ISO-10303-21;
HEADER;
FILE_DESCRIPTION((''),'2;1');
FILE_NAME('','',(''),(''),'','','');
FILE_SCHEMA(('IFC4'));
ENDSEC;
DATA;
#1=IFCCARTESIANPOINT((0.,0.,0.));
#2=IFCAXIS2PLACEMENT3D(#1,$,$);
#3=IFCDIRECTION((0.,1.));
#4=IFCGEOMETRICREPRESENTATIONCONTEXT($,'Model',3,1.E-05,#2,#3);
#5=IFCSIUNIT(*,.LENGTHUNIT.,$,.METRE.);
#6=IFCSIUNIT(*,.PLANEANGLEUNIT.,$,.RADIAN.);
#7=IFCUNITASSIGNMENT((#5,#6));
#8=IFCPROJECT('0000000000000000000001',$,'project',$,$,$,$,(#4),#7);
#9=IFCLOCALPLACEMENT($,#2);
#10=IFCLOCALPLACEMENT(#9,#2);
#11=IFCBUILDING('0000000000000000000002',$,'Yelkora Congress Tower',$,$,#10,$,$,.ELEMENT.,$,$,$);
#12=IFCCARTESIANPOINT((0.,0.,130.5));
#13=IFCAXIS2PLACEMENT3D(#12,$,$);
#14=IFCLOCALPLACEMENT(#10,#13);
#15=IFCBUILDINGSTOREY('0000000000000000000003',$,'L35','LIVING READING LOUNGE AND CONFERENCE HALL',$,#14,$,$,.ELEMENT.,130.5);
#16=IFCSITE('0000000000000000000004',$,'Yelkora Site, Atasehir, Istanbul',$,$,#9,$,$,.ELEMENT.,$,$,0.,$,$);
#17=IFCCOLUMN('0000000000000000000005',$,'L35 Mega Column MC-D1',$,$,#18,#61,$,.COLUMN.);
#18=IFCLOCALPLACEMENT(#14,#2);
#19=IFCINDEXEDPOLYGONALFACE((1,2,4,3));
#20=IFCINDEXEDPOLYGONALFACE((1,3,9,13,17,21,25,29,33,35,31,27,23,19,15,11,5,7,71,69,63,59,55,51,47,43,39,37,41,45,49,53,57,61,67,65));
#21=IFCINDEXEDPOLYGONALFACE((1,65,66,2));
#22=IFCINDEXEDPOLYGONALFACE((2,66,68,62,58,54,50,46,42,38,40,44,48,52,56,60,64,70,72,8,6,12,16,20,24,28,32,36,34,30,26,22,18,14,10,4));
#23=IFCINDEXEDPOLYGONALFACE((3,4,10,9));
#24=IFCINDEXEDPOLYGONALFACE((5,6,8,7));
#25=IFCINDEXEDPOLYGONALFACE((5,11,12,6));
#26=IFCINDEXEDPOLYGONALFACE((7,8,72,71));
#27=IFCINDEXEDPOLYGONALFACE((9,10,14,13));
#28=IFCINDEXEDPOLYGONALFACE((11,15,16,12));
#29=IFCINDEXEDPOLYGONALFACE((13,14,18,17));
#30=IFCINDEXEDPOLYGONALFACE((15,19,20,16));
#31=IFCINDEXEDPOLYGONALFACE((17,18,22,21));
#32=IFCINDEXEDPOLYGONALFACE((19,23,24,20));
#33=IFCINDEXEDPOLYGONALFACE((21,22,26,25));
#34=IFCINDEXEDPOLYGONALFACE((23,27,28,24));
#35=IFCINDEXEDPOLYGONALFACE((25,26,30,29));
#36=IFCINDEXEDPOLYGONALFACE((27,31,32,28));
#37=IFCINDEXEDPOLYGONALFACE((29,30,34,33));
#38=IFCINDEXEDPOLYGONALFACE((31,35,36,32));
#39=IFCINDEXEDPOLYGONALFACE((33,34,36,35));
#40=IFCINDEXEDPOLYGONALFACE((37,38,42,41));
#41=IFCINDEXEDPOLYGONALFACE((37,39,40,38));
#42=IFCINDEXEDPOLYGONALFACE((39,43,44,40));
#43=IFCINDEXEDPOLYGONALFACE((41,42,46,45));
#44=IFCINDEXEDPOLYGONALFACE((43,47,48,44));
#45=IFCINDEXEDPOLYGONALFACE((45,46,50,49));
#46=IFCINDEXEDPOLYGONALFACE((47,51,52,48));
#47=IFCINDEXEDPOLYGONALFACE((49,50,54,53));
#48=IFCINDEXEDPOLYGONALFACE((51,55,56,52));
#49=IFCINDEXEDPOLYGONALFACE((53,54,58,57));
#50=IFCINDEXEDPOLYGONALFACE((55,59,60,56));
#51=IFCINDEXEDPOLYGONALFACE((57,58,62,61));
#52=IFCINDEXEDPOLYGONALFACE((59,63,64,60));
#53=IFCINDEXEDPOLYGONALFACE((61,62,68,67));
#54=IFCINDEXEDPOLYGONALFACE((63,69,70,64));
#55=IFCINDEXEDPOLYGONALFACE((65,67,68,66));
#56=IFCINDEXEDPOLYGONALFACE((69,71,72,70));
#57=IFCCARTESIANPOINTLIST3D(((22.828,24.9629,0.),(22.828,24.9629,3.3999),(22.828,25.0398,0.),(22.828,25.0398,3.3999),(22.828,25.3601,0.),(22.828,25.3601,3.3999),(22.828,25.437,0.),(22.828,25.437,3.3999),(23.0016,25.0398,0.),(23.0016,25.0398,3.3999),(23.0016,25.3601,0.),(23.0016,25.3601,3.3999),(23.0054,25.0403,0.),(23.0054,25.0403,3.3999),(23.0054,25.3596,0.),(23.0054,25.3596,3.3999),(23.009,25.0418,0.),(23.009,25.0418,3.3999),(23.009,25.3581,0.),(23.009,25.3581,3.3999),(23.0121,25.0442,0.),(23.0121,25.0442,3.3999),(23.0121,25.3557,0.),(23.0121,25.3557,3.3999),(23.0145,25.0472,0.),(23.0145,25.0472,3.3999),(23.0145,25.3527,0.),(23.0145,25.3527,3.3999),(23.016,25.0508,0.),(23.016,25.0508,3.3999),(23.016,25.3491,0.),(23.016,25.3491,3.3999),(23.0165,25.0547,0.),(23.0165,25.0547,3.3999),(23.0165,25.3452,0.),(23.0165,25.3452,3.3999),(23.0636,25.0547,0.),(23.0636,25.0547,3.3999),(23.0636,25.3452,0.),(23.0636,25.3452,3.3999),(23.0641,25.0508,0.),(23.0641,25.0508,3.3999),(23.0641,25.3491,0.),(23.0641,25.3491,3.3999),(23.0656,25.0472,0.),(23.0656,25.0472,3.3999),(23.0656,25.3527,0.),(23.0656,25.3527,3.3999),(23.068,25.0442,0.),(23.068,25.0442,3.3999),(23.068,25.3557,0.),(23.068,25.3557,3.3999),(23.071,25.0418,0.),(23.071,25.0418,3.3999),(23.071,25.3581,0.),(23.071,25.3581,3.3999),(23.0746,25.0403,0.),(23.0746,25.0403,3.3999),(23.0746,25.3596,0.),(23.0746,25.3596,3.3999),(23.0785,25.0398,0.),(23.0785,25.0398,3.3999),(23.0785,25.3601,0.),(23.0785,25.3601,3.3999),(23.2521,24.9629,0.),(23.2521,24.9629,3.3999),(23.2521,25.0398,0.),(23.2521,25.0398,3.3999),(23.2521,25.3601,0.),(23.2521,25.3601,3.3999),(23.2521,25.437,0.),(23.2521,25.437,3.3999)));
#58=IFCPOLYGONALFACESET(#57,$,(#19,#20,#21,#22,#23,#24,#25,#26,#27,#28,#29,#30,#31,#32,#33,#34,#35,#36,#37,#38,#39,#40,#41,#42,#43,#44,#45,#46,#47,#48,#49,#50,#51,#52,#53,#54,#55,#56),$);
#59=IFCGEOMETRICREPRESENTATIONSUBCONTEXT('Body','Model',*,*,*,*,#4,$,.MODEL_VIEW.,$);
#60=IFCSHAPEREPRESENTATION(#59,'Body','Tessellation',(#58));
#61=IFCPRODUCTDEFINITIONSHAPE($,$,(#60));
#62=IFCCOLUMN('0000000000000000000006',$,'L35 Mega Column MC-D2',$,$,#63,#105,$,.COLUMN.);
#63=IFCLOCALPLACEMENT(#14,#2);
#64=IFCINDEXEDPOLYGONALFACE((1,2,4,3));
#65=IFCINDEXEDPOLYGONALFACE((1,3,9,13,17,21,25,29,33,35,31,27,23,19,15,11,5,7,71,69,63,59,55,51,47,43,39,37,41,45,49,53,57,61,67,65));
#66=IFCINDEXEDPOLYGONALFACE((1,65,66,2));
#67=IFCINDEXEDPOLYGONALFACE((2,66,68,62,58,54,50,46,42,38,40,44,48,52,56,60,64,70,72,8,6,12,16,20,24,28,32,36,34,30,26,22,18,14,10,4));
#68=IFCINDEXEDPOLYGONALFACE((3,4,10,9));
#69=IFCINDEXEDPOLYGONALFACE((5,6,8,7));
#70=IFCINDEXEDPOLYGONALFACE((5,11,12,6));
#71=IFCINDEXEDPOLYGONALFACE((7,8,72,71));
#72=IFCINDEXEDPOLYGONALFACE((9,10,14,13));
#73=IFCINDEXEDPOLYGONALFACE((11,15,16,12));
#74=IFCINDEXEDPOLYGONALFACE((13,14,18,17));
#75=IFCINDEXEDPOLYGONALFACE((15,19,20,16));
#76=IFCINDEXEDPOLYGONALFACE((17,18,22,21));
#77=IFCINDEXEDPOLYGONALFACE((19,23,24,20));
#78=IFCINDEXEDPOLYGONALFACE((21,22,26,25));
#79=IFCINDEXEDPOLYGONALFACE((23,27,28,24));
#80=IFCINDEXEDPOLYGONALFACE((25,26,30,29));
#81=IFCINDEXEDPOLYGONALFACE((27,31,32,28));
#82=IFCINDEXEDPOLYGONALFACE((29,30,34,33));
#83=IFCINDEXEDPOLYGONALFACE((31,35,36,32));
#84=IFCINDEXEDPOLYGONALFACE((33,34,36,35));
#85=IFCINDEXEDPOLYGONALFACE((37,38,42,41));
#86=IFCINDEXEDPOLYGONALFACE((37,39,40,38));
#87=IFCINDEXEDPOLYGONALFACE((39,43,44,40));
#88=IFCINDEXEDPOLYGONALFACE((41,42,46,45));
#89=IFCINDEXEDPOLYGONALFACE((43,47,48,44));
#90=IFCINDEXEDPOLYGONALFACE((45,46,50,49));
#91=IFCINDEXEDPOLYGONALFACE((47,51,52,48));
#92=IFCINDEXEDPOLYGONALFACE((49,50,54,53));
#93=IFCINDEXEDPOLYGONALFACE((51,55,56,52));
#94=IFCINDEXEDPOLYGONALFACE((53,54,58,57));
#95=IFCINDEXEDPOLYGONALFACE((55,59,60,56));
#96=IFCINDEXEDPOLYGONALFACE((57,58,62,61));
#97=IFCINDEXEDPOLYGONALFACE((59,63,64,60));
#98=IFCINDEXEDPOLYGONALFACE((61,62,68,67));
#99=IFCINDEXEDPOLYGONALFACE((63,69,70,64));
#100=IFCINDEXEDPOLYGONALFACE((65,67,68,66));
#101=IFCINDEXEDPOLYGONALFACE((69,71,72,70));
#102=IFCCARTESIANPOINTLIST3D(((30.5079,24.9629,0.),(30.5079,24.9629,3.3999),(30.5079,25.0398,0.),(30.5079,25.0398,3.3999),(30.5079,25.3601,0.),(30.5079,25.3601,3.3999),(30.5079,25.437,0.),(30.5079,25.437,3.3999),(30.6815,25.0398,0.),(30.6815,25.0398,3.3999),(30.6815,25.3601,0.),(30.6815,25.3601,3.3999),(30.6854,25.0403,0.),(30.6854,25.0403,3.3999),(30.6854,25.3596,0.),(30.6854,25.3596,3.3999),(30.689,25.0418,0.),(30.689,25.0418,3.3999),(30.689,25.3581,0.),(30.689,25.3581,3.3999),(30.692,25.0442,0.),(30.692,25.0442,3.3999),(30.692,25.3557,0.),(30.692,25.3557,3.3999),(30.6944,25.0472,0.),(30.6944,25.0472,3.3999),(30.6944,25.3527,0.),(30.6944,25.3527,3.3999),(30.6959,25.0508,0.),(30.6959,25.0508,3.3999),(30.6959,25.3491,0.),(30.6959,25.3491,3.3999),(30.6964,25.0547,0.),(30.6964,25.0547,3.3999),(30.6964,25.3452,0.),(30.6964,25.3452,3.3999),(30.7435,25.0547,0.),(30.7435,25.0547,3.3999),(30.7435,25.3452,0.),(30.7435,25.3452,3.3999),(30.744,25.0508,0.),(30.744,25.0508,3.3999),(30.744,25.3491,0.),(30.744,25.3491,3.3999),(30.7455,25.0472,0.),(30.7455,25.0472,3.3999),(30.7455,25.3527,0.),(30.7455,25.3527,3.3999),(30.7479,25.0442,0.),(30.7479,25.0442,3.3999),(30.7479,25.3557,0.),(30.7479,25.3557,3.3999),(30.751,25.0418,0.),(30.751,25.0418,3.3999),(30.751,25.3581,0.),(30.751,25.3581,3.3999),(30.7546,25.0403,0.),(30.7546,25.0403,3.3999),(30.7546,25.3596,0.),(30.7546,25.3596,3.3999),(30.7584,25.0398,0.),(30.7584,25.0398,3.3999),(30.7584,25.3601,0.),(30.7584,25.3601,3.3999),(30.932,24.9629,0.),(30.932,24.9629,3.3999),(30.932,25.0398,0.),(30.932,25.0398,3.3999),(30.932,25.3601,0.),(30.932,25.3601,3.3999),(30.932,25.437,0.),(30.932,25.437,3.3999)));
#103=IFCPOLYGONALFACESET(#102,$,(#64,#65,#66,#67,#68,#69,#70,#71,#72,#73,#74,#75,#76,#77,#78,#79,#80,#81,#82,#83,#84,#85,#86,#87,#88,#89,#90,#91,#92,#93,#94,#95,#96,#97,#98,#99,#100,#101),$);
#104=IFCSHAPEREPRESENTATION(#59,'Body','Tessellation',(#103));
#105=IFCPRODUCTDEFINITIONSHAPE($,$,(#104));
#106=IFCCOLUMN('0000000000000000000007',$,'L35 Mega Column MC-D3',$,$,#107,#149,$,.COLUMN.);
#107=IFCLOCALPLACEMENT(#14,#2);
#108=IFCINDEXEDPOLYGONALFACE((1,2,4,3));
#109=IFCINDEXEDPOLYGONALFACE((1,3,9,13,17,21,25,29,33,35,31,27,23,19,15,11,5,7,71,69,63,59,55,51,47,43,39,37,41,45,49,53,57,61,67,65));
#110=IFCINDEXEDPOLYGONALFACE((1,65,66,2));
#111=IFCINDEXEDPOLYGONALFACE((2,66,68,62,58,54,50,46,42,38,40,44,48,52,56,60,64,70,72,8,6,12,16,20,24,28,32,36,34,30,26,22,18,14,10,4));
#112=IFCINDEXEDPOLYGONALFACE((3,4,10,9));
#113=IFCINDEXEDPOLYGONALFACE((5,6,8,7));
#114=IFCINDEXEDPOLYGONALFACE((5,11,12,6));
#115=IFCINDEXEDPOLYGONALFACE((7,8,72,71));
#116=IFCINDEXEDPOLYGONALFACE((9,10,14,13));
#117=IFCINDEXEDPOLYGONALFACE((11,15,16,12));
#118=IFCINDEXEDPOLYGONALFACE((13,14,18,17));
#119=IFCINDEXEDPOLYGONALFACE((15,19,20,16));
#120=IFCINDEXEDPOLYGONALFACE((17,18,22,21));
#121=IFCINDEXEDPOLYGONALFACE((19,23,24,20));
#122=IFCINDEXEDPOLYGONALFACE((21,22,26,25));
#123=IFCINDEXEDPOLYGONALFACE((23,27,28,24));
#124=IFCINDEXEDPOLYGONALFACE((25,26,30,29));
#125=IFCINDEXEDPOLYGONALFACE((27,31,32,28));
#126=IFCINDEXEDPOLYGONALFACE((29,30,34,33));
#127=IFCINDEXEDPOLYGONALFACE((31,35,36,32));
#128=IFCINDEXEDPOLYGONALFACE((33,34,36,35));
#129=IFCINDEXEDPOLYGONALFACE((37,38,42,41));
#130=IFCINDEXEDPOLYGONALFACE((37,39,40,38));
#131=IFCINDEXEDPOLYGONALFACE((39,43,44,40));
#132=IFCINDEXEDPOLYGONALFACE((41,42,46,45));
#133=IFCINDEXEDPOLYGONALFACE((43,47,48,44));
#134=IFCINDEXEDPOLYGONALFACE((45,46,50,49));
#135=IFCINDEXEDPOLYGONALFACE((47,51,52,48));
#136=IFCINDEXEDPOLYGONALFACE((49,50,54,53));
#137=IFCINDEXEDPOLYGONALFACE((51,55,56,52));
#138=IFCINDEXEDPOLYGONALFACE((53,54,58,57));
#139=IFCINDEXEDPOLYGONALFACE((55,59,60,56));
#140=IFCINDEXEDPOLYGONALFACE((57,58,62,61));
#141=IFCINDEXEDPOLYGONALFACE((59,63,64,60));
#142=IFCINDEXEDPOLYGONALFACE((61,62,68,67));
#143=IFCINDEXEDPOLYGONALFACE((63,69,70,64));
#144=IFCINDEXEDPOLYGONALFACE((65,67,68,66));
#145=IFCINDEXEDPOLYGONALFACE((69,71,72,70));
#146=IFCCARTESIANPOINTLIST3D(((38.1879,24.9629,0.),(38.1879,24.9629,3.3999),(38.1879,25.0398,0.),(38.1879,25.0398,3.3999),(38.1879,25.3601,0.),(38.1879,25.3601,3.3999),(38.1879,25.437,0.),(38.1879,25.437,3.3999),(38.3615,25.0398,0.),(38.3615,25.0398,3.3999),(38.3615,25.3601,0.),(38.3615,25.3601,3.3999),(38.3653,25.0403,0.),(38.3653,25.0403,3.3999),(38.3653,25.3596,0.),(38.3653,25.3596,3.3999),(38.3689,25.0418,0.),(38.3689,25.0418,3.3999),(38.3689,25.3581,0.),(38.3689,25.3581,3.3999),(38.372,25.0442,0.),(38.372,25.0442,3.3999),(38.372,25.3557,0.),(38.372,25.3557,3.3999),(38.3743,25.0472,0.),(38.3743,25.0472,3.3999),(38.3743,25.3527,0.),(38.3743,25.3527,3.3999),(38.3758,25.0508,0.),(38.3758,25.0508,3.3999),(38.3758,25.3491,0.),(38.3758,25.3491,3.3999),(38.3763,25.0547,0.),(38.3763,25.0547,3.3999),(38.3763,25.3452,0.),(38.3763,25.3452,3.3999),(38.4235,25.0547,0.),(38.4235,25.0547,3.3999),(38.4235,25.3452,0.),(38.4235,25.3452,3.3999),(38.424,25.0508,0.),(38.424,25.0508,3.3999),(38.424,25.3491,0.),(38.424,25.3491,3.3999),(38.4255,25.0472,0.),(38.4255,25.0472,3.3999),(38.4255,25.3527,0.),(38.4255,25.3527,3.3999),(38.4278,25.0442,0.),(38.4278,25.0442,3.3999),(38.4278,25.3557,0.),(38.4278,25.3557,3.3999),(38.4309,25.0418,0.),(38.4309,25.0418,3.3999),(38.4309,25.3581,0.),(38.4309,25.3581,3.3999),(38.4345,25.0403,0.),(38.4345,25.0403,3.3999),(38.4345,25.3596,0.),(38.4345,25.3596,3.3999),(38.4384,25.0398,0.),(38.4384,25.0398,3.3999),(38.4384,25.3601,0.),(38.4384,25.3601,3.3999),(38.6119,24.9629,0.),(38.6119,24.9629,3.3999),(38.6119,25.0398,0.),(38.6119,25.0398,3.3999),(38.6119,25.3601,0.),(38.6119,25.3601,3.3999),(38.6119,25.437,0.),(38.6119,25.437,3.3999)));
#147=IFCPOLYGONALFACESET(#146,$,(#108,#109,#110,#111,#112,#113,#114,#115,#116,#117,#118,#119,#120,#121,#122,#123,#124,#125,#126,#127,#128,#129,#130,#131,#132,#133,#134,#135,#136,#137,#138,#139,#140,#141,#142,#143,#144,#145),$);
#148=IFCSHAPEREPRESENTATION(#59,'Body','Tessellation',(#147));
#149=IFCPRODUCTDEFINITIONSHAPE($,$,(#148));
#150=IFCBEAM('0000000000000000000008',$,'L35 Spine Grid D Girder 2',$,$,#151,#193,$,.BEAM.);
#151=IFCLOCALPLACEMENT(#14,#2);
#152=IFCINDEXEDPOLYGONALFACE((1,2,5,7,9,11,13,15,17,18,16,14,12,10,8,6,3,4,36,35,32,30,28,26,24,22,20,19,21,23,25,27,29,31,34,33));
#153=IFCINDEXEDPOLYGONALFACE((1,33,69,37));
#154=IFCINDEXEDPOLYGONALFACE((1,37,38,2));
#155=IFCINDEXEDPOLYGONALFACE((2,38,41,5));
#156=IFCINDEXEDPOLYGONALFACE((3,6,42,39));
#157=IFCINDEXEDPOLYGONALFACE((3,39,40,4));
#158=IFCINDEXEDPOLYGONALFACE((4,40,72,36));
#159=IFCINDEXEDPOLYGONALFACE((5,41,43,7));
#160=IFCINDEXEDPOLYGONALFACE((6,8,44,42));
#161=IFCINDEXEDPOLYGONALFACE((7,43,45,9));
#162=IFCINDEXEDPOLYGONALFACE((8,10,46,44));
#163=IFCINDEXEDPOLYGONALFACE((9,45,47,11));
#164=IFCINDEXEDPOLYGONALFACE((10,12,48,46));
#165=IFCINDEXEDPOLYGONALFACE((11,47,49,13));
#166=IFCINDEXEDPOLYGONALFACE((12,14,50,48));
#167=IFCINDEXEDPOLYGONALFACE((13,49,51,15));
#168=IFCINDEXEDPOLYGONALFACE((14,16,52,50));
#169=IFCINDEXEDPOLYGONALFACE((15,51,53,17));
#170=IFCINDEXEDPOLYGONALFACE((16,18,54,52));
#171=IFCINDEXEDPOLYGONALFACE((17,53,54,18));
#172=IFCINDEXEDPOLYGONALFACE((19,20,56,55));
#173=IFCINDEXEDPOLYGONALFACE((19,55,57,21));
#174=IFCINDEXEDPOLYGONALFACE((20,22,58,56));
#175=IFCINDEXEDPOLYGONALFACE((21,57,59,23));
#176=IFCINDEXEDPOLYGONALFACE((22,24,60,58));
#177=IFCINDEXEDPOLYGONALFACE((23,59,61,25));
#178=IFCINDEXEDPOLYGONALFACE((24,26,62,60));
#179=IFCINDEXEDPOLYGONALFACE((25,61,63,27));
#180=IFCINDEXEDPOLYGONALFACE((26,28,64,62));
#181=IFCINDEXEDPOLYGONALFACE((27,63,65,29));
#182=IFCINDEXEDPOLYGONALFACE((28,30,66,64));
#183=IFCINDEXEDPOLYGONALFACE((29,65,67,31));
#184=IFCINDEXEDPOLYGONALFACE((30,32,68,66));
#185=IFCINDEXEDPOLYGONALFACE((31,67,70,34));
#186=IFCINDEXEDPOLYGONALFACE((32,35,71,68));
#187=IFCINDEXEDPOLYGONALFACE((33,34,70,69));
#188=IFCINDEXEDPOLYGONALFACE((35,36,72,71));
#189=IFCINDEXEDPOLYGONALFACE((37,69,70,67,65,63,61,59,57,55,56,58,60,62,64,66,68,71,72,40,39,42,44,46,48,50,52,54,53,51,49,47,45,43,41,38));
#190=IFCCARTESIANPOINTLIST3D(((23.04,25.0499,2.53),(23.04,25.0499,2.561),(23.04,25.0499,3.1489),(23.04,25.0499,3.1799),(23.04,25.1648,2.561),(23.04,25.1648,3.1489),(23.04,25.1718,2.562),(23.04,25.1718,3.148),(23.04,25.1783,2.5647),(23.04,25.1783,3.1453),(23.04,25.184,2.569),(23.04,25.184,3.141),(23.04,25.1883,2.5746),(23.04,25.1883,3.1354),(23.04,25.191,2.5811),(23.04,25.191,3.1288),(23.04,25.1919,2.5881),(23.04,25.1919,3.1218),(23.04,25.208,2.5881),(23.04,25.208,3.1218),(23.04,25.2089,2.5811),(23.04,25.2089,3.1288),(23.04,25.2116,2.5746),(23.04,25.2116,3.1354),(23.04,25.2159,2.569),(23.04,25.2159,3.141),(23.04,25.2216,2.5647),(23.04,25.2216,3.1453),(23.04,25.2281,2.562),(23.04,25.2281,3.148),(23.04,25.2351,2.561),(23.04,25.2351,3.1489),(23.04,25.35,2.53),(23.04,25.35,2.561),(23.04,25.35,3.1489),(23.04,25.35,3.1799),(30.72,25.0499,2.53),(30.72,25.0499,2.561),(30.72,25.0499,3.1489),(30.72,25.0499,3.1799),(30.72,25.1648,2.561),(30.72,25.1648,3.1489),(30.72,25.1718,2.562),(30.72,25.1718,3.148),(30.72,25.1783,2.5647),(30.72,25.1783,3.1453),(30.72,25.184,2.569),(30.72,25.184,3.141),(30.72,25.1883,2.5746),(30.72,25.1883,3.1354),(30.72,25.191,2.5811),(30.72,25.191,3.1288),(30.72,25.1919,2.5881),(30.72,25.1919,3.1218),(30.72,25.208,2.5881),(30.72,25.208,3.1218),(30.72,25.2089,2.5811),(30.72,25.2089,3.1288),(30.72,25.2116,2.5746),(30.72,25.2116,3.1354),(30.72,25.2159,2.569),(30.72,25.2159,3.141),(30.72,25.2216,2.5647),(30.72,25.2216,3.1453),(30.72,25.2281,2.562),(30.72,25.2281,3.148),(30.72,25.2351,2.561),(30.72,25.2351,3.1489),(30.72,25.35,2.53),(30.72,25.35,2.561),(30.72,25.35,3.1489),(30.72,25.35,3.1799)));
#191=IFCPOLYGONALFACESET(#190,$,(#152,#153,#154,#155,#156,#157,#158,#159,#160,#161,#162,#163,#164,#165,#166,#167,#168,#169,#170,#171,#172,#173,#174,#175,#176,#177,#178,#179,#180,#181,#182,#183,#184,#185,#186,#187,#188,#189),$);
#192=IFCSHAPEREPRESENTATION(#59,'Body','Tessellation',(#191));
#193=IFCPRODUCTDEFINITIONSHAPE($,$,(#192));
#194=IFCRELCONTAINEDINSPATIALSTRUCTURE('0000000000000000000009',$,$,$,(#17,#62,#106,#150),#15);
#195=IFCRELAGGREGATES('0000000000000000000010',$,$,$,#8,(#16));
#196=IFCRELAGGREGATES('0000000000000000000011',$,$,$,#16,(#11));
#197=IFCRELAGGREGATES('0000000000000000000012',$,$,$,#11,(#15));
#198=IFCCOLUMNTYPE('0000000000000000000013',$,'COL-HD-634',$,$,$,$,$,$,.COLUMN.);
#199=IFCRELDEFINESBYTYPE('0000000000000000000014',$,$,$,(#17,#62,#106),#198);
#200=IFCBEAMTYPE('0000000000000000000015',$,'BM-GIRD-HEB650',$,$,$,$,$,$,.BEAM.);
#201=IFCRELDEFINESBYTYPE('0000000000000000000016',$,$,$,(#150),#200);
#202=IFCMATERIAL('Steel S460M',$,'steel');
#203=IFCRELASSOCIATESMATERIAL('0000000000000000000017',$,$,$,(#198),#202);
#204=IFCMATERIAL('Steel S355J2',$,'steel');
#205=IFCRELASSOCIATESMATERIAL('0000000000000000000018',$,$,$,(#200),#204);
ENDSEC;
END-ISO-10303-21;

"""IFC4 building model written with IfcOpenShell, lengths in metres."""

from ifc_helpers import new_model, si_unit, direction, frame, origin, origin_2d, place, context, subcontext, project, spatial, i_section, extrude, material, material_profile, profile_set, type_object, element, save


model = new_model("IFC4")

# Units and contexts
model_context = context("Model", 3, precision=1e-05, world=origin(), true_north=direction((0.0, 1.0)))
body_context = subcontext(model_context, "Body", "Model", "MODEL_VIEW")
ifc_project = project(units=[si_unit("LENGTHUNIT", "METRE"), si_unit("PLANEANGLEUNIT", "RADIAN")], contexts=[model_context])

# Site, building, storey
site_placement = place(None, origin())
site = spatial("IfcSite", under=ifc_project, at=site_placement, Name="Yelkora Site, Atasehir, Istanbul", CompositionType="ELEMENT", RefElevation=0.0)
building_placement = place(site_placement, origin())
building = spatial("IfcBuilding", under=site, at=building_placement, Name="Yelkora Congress Tower", CompositionType="ELEMENT")
storey_placement = place(building_placement, frame((0.0, 0.0, 130.5)))
storey = spatial("IfcBuildingStorey", under=building, at=storey_placement, Name="L35", Description="LIVING READING LOUNGE AND CONFERENCE HALL", CompositionType="ELEMENT", Elevation=130.5)

# Columns
ifc_material_1 = material(Name="Steel S460M", Category="steel")
ifc_material_profile_1 = material_profile(ifc_material_1, i_section(OverallWidth=0.4241, OverallDepth=0.4741, WebThickness=0.0471, FlangeThickness=0.0769, FilletRadius=0.0149, at=origin_2d()), Name="HD 400x634")
ifc_profile_set_1 = profile_set([ifc_material_profile_1], Name="Steel S460M")
column_type = type_object("IfcColumnType", Name="COL-HD-634", PredefinedType="COLUMN", material=ifc_profile_set_1)
for number, where, z_axis, x_axis, name in (
    (1, (23.04, 25.2, 0.0), (0.0, 0.0, 1.0), (1.0, 0.0, 0.0), "L35 Mega Column MC-D1"),
    (2, (30.72, 25.2, 0.0), (0.0, 0.0, 1.0), (1.0, 0.0, 0.0), "L35 Mega Column MC-D2"),
    (3, (38.3999, 25.2, 0.0), (0.0, 0.0, 1.0), (1.0, 0.0, 0.0), "L35 Mega Column MC-D3"),
):
    element("IfcColumn", number, at=place(storey_placement, frame(where, z_axis=z_axis, x_axis=x_axis)), inside=storey, type_object=column_type, Name=name, PredefinedType="COLUMN", context=body_context, shape_type="SweptSolid", body=[
        extrude(i_section(OverallWidth=0.4241, OverallDepth=0.4741, WebThickness=0.0471, FlangeThickness=0.0769, FilletRadius=0.0149, at=origin_2d()), origin(), (0.0, 0.0, 1.0), 3.3999),
    ])

# Beam
ifc_material_2 = material(Name="Steel S355J2", Category="steel")
ifc_material_profile_2 = material_profile(ifc_material_2, i_section(OverallWidth=0.3, OverallDepth=0.6499, WebThickness=0.0161, FlangeThickness=0.031, FilletRadius=0.0271, at=origin_2d()), Name="HEB 650")
ifc_profile_set_2 = profile_set([ifc_material_profile_2], Name="Steel S355J2")
beam_type_1 = type_object("IfcBeamType", Name="BM-GIRD-HEB650", PredefinedType="BEAM", material=ifc_profile_set_2)
for number, where, z_axis, x_axis, name in (
    (4, (23.04, 25.2, 2.855), (1.0, 0.0, 0.0), (0.0, 1.0, 0.0), "L35 Spine Grid D Girder 2"),
):
    element("IfcBeam", number, at=place(storey_placement, frame(where, z_axis=z_axis, x_axis=x_axis)), inside=storey, type_object=beam_type_1, Name=name, PredefinedType="BEAM", context=body_context, shape_type="SweptSolid", body=[
        extrude(i_section(OverallWidth=0.3, OverallDepth=0.6499, WebThickness=0.0161, FlangeThickness=0.031, FilletRadius=0.0271, at=origin_2d()), origin(), (0.0, 0.0, 1.0), 7.6799),
    ])

save(model, "model.ifc")
